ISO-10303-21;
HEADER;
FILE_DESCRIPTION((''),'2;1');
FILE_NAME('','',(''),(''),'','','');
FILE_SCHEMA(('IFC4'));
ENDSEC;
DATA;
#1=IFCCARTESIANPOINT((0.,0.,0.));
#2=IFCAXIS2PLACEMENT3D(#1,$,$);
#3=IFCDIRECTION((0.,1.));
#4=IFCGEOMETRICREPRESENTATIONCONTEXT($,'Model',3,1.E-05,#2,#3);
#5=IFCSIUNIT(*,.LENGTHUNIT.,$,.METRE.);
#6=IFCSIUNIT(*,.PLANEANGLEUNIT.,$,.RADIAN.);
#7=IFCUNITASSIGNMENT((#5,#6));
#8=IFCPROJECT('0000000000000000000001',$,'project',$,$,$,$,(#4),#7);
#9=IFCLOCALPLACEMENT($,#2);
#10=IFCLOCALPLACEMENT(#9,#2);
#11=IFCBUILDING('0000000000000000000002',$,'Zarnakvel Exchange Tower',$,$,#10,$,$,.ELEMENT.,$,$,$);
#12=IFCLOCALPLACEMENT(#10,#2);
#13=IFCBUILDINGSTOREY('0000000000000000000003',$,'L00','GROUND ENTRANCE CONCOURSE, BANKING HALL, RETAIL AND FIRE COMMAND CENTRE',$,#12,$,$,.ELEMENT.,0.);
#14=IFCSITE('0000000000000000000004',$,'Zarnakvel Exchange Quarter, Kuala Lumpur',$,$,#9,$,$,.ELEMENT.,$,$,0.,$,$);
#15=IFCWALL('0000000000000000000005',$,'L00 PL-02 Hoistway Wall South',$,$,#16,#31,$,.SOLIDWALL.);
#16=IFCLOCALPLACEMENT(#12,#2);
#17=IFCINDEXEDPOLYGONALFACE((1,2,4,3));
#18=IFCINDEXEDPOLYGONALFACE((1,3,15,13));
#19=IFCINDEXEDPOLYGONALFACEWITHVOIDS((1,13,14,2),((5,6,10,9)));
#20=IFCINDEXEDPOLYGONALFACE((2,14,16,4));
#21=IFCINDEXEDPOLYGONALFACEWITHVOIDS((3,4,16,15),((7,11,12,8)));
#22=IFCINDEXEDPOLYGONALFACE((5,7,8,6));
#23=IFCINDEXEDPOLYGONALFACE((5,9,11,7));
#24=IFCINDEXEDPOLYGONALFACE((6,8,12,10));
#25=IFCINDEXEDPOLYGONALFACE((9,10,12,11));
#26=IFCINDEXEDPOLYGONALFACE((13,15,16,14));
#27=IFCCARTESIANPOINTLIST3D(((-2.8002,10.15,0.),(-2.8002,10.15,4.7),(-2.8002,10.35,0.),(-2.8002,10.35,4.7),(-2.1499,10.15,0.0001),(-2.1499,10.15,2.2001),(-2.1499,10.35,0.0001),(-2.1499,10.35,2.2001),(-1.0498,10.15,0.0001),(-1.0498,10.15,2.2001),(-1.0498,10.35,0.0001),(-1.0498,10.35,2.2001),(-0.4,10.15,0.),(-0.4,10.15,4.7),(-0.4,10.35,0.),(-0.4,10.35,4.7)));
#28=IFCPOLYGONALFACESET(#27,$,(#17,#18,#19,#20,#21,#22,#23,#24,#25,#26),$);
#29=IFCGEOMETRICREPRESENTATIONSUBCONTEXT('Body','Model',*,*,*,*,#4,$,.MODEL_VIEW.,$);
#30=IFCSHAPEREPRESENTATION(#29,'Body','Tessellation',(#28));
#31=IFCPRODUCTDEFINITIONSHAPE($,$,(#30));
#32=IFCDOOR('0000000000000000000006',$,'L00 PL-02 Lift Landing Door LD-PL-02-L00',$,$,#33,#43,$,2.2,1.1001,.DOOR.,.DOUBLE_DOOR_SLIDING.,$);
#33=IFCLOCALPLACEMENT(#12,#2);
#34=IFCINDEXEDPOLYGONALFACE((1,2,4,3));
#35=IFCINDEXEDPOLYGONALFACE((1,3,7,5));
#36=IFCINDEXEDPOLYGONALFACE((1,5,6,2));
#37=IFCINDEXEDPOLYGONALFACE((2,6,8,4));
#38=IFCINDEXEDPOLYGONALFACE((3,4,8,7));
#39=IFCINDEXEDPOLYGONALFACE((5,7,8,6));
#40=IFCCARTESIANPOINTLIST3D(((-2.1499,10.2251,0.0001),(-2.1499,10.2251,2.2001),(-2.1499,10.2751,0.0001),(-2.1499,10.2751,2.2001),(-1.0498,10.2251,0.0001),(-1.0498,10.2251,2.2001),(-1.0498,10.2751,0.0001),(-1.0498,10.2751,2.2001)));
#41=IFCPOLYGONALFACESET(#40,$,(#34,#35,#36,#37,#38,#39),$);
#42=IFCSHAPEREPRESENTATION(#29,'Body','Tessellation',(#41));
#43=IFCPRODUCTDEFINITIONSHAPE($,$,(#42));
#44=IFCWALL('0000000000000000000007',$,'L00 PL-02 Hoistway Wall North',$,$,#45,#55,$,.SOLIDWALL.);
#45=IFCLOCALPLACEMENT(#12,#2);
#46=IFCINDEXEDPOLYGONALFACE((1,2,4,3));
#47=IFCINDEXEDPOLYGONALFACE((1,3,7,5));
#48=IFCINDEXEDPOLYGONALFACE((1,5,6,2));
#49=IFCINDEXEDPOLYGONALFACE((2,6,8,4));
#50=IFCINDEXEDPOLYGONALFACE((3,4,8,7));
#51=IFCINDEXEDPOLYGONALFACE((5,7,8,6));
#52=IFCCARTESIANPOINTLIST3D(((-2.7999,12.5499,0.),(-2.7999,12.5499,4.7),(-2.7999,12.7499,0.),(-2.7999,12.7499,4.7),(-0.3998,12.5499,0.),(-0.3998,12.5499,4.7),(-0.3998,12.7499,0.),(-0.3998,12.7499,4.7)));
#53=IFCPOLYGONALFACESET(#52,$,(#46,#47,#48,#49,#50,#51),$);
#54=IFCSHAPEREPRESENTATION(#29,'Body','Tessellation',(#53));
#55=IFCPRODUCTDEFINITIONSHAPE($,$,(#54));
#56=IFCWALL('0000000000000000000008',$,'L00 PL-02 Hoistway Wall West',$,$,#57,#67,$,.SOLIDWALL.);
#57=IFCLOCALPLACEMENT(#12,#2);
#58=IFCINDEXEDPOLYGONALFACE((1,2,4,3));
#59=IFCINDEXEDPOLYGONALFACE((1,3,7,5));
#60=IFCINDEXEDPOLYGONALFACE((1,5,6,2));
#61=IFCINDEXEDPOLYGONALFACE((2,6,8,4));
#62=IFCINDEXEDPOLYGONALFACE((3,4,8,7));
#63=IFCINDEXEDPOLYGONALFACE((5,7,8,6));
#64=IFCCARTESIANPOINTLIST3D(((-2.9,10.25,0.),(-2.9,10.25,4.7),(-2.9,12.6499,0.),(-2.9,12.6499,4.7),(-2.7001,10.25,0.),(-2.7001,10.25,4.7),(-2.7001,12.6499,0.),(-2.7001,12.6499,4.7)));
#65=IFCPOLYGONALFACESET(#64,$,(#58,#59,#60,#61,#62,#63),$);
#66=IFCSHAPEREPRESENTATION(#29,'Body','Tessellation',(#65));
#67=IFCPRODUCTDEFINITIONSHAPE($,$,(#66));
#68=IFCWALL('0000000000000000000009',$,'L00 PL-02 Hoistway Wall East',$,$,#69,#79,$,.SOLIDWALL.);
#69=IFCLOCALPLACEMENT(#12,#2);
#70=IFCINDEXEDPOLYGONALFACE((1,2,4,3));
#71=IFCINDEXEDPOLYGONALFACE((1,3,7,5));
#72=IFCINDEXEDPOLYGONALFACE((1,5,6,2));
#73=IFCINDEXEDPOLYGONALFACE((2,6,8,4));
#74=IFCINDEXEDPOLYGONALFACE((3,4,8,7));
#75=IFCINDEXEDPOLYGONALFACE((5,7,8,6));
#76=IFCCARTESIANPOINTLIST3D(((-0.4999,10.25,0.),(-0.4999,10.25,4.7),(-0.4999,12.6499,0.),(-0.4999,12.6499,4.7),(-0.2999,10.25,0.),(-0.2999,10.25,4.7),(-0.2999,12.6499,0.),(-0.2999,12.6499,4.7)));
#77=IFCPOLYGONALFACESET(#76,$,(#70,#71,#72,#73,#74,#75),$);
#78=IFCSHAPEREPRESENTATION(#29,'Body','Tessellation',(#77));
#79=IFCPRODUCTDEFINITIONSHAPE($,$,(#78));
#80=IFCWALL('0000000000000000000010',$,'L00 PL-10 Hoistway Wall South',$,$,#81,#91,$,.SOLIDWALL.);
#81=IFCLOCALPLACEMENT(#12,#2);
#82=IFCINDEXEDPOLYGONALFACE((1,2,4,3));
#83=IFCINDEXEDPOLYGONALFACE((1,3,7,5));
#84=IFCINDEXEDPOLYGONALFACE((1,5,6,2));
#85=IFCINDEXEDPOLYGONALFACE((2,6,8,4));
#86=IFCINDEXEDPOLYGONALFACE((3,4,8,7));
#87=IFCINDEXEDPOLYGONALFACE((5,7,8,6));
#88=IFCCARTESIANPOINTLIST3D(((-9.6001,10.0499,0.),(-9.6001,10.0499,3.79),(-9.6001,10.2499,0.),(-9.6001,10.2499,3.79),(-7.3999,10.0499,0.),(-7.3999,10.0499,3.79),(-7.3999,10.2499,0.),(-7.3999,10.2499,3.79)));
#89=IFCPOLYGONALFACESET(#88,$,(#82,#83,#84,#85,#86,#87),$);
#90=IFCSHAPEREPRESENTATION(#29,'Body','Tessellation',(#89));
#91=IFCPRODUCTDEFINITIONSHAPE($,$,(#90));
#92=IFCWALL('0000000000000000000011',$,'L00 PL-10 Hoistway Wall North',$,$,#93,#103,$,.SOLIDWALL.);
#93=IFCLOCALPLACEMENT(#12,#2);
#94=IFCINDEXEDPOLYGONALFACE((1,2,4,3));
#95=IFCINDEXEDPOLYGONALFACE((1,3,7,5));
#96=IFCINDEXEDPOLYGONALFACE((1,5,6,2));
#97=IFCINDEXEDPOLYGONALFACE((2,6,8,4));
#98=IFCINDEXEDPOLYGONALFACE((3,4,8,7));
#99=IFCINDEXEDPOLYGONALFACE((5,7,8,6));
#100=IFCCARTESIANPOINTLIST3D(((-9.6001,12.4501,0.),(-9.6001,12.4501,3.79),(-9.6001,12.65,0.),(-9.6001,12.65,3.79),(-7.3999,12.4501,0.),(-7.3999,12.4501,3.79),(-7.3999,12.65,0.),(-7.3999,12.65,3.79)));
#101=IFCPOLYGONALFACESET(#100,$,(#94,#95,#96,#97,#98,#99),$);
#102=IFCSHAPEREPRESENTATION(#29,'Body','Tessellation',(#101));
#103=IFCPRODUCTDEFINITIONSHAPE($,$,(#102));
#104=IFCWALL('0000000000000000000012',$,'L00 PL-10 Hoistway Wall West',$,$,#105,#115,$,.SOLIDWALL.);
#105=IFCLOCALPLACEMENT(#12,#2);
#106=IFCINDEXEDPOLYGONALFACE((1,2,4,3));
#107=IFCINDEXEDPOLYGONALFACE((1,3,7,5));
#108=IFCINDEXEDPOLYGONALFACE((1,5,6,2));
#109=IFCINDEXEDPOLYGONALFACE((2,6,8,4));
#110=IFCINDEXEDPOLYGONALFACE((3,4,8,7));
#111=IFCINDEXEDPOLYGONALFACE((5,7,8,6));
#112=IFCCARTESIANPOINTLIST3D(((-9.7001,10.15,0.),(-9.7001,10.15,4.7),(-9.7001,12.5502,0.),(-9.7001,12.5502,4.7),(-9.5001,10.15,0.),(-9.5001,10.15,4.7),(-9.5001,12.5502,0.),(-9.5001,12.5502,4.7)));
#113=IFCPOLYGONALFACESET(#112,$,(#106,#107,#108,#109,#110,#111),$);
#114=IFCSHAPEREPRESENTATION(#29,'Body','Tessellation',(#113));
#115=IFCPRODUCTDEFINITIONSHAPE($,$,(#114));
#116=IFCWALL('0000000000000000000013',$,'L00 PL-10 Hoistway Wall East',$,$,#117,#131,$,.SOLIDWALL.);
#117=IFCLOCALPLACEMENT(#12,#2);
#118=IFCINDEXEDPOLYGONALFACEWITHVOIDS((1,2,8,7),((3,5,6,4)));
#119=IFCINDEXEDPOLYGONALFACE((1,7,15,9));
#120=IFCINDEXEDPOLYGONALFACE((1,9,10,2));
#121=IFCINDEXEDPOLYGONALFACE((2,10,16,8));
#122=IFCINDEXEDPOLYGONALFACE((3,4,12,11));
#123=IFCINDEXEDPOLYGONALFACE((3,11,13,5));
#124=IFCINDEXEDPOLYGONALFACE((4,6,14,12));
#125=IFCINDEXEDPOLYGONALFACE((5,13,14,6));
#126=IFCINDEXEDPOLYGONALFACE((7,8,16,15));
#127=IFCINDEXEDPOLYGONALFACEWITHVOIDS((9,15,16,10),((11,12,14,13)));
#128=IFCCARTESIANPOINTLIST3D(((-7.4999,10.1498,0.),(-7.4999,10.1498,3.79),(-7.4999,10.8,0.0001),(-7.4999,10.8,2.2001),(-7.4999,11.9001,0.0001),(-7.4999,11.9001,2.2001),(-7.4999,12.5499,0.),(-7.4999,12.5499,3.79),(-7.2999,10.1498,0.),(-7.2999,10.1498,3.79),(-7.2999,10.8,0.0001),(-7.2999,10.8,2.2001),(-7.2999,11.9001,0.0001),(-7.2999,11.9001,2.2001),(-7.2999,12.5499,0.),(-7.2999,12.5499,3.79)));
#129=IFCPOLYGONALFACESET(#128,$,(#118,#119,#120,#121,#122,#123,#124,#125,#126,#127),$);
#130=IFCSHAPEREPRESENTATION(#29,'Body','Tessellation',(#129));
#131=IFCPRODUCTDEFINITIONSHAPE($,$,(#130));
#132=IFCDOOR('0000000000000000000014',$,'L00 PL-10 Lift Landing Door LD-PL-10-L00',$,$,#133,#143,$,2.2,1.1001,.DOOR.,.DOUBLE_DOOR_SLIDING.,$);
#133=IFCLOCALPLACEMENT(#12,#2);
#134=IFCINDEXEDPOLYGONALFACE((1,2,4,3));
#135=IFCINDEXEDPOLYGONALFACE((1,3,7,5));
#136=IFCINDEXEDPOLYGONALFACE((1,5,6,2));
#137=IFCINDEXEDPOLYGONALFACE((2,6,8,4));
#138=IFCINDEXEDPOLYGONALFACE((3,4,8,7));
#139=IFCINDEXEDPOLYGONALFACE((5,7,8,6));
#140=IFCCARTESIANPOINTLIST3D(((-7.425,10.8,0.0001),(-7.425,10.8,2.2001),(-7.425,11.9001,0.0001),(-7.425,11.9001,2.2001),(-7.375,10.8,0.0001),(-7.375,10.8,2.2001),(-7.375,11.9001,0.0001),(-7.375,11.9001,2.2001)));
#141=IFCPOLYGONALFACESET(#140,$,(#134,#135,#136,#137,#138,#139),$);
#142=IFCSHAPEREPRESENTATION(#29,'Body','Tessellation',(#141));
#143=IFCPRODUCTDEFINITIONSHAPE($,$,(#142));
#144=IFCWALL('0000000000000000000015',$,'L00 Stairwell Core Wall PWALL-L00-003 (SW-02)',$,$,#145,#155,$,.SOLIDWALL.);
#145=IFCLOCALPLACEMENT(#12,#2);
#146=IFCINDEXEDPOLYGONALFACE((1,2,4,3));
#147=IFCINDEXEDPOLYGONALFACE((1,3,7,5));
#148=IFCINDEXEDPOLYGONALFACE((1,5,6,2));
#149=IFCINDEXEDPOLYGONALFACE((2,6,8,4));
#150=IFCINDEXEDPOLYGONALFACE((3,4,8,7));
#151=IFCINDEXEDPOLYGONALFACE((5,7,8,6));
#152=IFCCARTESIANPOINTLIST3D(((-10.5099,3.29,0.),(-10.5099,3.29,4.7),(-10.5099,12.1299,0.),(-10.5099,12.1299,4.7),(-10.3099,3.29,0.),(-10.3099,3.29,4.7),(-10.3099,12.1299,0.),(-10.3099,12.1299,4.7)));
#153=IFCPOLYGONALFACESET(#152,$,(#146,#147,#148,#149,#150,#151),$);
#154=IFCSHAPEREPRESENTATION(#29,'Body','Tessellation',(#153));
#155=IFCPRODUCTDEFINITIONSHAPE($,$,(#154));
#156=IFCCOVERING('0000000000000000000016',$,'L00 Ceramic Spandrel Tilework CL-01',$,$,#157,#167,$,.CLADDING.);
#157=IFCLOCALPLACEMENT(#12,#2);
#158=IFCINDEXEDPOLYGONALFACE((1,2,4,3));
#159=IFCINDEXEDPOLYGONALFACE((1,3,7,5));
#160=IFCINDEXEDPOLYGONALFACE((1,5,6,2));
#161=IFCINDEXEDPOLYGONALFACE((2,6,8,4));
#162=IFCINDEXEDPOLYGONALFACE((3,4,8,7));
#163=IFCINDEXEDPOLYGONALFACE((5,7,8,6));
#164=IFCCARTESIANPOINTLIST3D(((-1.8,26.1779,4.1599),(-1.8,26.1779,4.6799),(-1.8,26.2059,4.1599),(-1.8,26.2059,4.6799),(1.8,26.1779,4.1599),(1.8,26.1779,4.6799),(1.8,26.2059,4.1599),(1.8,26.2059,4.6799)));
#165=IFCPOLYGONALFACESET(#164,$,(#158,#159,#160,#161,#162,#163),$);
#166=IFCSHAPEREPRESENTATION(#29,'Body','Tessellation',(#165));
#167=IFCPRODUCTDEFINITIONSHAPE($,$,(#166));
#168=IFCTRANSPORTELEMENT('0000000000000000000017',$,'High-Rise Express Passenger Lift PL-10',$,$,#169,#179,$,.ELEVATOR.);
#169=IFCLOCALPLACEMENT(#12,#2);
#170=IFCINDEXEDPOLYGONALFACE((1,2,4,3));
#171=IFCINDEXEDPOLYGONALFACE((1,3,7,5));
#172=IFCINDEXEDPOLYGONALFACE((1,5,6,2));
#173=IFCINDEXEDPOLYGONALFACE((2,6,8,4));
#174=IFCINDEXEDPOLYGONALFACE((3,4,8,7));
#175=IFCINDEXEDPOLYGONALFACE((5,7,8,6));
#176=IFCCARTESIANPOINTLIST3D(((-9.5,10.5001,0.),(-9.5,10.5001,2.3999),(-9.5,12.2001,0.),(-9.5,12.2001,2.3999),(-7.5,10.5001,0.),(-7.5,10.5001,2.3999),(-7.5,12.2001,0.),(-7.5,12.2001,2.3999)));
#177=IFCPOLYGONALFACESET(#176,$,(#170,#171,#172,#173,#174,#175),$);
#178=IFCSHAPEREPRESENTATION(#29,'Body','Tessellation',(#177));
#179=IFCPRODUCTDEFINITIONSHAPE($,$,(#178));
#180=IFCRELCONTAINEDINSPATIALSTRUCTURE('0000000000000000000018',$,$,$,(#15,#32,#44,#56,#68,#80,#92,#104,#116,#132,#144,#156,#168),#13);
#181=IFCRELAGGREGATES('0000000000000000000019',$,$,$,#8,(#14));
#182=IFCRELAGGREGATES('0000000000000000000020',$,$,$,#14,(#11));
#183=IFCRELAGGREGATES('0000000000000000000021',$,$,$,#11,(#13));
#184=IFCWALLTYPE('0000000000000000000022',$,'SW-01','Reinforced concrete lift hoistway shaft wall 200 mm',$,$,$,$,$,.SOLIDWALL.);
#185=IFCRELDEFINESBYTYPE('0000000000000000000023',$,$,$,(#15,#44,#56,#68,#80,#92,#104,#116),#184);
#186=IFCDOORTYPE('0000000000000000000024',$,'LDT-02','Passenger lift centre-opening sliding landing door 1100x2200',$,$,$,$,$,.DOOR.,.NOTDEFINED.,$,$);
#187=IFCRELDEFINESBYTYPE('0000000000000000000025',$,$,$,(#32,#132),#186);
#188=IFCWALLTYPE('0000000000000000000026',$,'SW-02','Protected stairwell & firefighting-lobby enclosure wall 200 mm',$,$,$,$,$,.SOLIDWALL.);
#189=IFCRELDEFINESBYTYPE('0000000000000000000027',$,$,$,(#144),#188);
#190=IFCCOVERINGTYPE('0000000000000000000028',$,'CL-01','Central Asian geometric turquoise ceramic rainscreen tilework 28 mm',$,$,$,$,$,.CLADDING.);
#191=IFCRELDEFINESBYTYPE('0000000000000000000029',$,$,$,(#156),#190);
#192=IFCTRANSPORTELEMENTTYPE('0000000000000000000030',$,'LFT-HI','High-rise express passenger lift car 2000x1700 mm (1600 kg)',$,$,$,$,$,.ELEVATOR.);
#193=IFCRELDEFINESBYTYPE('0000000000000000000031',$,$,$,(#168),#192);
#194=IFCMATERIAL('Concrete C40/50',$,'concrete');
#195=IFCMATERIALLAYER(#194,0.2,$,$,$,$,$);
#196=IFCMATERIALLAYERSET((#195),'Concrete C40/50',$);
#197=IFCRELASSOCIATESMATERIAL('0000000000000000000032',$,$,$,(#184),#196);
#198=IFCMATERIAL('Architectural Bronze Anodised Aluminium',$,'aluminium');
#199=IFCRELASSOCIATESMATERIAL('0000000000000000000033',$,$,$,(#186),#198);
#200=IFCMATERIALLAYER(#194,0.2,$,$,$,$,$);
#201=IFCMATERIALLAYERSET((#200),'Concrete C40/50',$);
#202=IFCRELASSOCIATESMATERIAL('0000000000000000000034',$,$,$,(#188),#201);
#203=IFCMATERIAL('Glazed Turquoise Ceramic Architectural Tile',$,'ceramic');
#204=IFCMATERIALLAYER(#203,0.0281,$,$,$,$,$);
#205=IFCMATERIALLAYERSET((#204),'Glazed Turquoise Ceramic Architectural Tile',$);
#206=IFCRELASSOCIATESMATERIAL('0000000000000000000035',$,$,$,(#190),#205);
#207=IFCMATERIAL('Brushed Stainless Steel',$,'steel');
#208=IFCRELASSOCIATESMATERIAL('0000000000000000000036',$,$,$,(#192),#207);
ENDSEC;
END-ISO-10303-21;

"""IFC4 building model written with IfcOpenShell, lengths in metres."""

from ifc_helpers import new_model, si_unit, direction, frame, frame_2d, origin, origin_2d, place, context, subcontext, project, spatial, rectangle, extrude, source, transform, mapped, material, layer, layer_set, type_object, element, fill, save


model = new_model("IFC4")

# Units and contexts
model_context = context("Model", 3, precision=1e-05, world=origin(), true_north=direction((0.0, 1.0)))
body_context = subcontext(model_context, "Body", "Model", "MODEL_VIEW")
ifc_project = project(units=[si_unit("LENGTHUNIT", "METRE"), si_unit("PLANEANGLEUNIT", "RADIAN")], contexts=[model_context])

# Site, building, storey
site_placement = place(None, origin())
site = spatial("IfcSite", under=ifc_project, at=site_placement, Name="Zarnakvel Exchange Quarter, Kuala Lumpur", CompositionType="ELEMENT", RefElevation=0.0)
building_placement = place(site_placement, origin())
building = spatial("IfcBuilding", under=site, at=building_placement, Name="Zarnakvel Exchange Tower", CompositionType="ELEMENT")
storey_placement = place(building_placement, origin())
storey = spatial("IfcBuildingStorey", under=building, at=storey_placement, Name="L00", Description="GROUND ENTRANCE CONCOURSE, BANKING HALL, RETAIL AND FIRE COMMAND CENTRE", CompositionType="ELEMENT", Elevation=0.0)

# Shared definitions
ifc_material_1 = material(Name="Architectural Bronze Anodised Aluminium", Category="aluminium")

# Shared definitions
ifc_material_2 = material(Name="Concrete C40/50", Category="concrete")
ifc_layer_1 = layer(ifc_material_2, 0.2)
ifc_layer_set_1 = layer_set([ifc_layer_1], Name="Concrete C40/50")
wall_type_1 = type_object("IfcWallType", Name="SW-01", Description="Reinforced concrete lift hoistway shaft wall 200 mm", PredefinedType="SOLIDWALL", material=ifc_layer_set_1)
door_type_1 = type_object("IfcDoorType", Name="LDT-02", Description="Passenger lift centre-opening sliding landing door 1100x2200", OperationType="NOTDEFINED", PredefinedType="DOOR", material=ifc_material_1)
shared_shape_1 = source(origin(), body_context, "Body", "SweptSolid", [
    extrude(rectangle(XDim=1.1001, YDim=2.2, at=frame_2d((0.55, 1.1001))), frame((0.0, 0.0249, 0.0), z_axis=(0.0, -1.0, 0.0), x_axis=(1.0, 0.0, 0.0)), (0.0, 0.0, 1.0), 0.05),
])

# Wall, opening, door
wall_1_placement = place(storey_placement, frame((-0.3999, 10.25, 0.0), z_axis=(0.0, 0.0, 1.0), x_axis=(-1.0, 0.0, 0.0)))
wall_1 = element("IfcWall", 1, at=wall_1_placement, inside=storey, type_object=wall_type_1, Name="L00 PL-02 Hoistway Wall South", PredefinedType="SOLIDWALL", context=body_context, shape_type="SweptSolid", body=[
    extrude(rectangle(XDim=2.4001, YDim=0.2, at=frame_2d((1.2002, 0.0))), origin(), (0.0, 0.0, 1.0), 4.7),
])
opening_1_placement = place(wall_1_placement, frame((0.6499, 0.0, 0.0)))
opening_1 = element("IfcOpeningElement", 2, at=opening_1_placement, cuts=wall_1, PredefinedType="OPENING", context=body_context, shape_type="SweptSolid", body=[
    extrude(rectangle(XDim=1.1001, YDim=2.2, at=frame_2d((0.55, 1.1001))), frame((0.0, 0.1099, 0.0), z_axis=(0.0, -1.0, 0.0), x_axis=(1.0, 0.0, 0.0)), (0.0, 0.0, 1.0), 0.22),
])
door_1_placement = place(opening_1_placement, origin())
door_1 = element("IfcDoor", 3, at=door_1_placement, inside=storey, type_object=door_type_1, Name="L00 PL-02 Lift Landing Door LD-PL-02-L00", OperationType="DOUBLE_DOOR_SLIDING", OverallHeight=2.2, OverallWidth=1.1001, PredefinedType="DOOR", context=body_context, shape_type="MappedRepresentation", body=[
    mapped(shared_shape_1, transform((0.0, 0.0, 0.0), x_axis=(1.0, 0.0, 0.0), y_axis=(0.0, 1.0, 0.0), z_axis=(0.0, 0.0, 1.0), scale=1.0)),
])
fill(opening_1, door_1)

# Walls
wall_2_placement = place(storey_placement, frame((-2.8, 12.6499, 0.0), z_axis=(0.0, 0.0, 1.0), x_axis=(1.0, 0.0, 0.0)))
element("IfcWall", 4, at=wall_2_placement, inside=storey, type_object=wall_type_1, Name="L00 PL-02 Hoistway Wall North", PredefinedType="SOLIDWALL", context=body_context, shape_type="SweptSolid", body=[
    extrude(rectangle(XDim=2.4001, YDim=0.2, at=frame_2d((1.2002, 0.0))), origin(), (0.0, 0.0, 1.0), 4.7),
])
for number, where, z_axis, x_axis, name in (
    (5, (-2.8, 10.25, 0.0), (0.0, 0.0, 1.0), (0.0, 1.0, 0.0), "L00 PL-02 Hoistway Wall West"),
    (6, (-0.3999, 12.6499, 0.0), (0.0, 0.0, 1.0), (0.0, -1.0, 0.0), "L00 PL-02 Hoistway Wall East"),
):
    element("IfcWall", number, at=place(storey_placement, frame(where, z_axis=z_axis, x_axis=x_axis)), inside=storey, type_object=wall_type_1, Name=name, PredefinedType="SOLIDWALL", context=body_context, shape_type="SweptSolid", body=[
        extrude(rectangle(XDim=2.3999, YDim=0.2, at=frame_2d((1.2, 0.0))), origin(), (0.0, 0.0, 1.0), 4.7),
    ])
for number, where, z_axis, x_axis, name in (
    (7, (-7.3999, 10.1499, 0.0), (0.0, 0.0, 1.0), (-1.0, 0.0, 0.0), "L00 PL-10 Hoistway Wall South"),
    (8, (-9.6001, 12.55, 0.0), (0.0, 0.0, 1.0), (1.0, 0.0, 0.0), "L00 PL-10 Hoistway Wall North"),
):
    element("IfcWall", number, at=place(storey_placement, frame(where, z_axis=z_axis, x_axis=x_axis)), inside=storey, type_object=wall_type_1, Name=name, PredefinedType="SOLIDWALL", context=body_context, shape_type="SweptSolid", body=[
        extrude(rectangle(XDim=2.2002, YDim=0.2, at=frame_2d((1.1001, 0.0))), origin(), (0.0, 0.0, 1.0), 3.79),
    ])
wall_3_placement = place(storey_placement, frame((-9.6001, 10.1499, 0.0), z_axis=(0.0, 0.0, 1.0), x_axis=(0.0, 1.0, 0.0)))
element("IfcWall", 9, at=wall_3_placement, inside=storey, type_object=wall_type_1, Name="L00 PL-10 Hoistway Wall West", PredefinedType="SOLIDWALL", context=body_context, shape_type="SweptSolid", body=[
    extrude(rectangle(XDim=2.4001, YDim=0.2, at=frame_2d((1.2002, 0.0))), origin(), (0.0, 0.0, 1.0), 4.7),
])

# Wall, opening, door
wall_4_placement = place(storey_placement, frame((-7.3999, 12.55, 0.0), z_axis=(0.0, 0.0, 1.0), x_axis=(0.0, -1.0, 0.0)))
wall_4 = element("IfcWall", 10, at=wall_4_placement, inside=storey, type_object=wall_type_1, Name="L00 PL-10 Hoistway Wall East", PredefinedType="SOLIDWALL", context=body_context, shape_type="SweptSolid", body=[
    extrude(rectangle(XDim=2.4001, YDim=0.2, at=frame_2d((1.2002, 0.0))), origin(), (0.0, 0.0, 1.0), 3.79),
])
opening_2_placement = place(wall_4_placement, frame((0.6499, 0.0, 0.0)))
opening_2 = element("IfcOpeningElement", 11, at=opening_2_placement, cuts=wall_4, PredefinedType="OPENING", context=body_context, shape_type="SweptSolid", body=[
    extrude(rectangle(XDim=1.1001, YDim=2.2, at=frame_2d((0.55, 1.1001))), frame((0.0, 0.1099, 0.0), z_axis=(0.0, -1.0, 0.0), x_axis=(1.0, 0.0, 0.0)), (0.0, 0.0, 1.0), 0.22),
])
door_2_placement = place(opening_2_placement, origin())
door_2 = element("IfcDoor", 12, at=door_2_placement, inside=storey, type_object=door_type_1, Name="L00 PL-10 Lift Landing Door LD-PL-10-L00", OperationType="DOUBLE_DOOR_SLIDING", OverallHeight=2.2, OverallWidth=1.1001, PredefinedType="DOOR", context=body_context, shape_type="MappedRepresentation", body=[
    mapped(shared_shape_1, transform((0.0, 0.0, 0.0), x_axis=(1.0, 0.0, 0.0), y_axis=(0.0, 1.0, 0.0), z_axis=(0.0, 0.0, 1.0), scale=1.0)),
])
fill(opening_2, door_2)

# Wall
ifc_layer_2 = layer(ifc_material_2, 0.2)
ifc_layer_set_2 = layer_set([ifc_layer_2], Name="Concrete C40/50")
wall_type_2 = type_object("IfcWallType", Name="SW-02", Description="Protected stairwell & firefighting-lobby enclosure wall 200 mm", PredefinedType="SOLIDWALL", material=ifc_layer_set_2)
wall_5_placement = place(storey_placement, frame((-10.4099, 12.1299, 0.0), z_axis=(0.0, 0.0, 1.0), x_axis=(0.0, -1.0, 0.0)))
element("IfcWall", 13, at=wall_5_placement, inside=storey, type_object=wall_type_2, Name="L00 Stairwell Core Wall PWALL-L00-003 (SW-02)", PredefinedType="SOLIDWALL", context=body_context, shape_type="SweptSolid", body=[
    extrude(rectangle(XDim=8.8398, YDim=0.2, at=frame_2d((4.4199, 0.0))), origin(), (0.0, 0.0, 1.0), 4.7),
])

# Covering
ifc_material_3 = material(Name="Glazed Turquoise Ceramic Architectural Tile", Category="ceramic")
ifc_layer_3 = layer(ifc_material_3, 0.0281)
ifc_layer_set_3 = layer_set([ifc_layer_3], Name="Glazed Turquoise Ceramic Architectural Tile")
covering_type = type_object("IfcCoveringType", Name="CL-01", Description="Central Asian geometric turquoise ceramic rainscreen tilework 28 mm", PredefinedType="CLADDING", material=ifc_layer_set_3)
shared_shape_2 = source(origin(), body_context, "Body", "SweptSolid", [
    extrude(rectangle(XDim=3.6001, YDim=0.0281, at=origin_2d()), origin(), (0.0, 0.0, 1.0), 0.52),
])
covering_placement = place(storey_placement, frame((0.0, 26.1919, 4.1599), z_axis=(0.0, 0.0, 1.0), x_axis=(1.0, 0.0, 0.0)))
element("IfcCovering", 14, at=covering_placement, inside=storey, type_object=covering_type, Name="L00 Ceramic Spandrel Tilework CL-01", PredefinedType="CLADDING", context=body_context, shape_type="MappedRepresentation", body=[
    mapped(shared_shape_2, transform((0.0, 0.0, 0.0), x_axis=(1.0, 0.0, 0.0), y_axis=(0.0, 1.0, 0.0), z_axis=(0.0, 0.0, 1.0), scale=1.0)),
])

# Transport element
ifc_material_4 = material(Name="Brushed Stainless Steel", Category="steel")
transport_element_type = type_object("IfcTransportElementType", Name="LFT-HI", Description="High-rise express passenger lift car 2000x1700 mm (1600 kg)", PredefinedType="ELEVATOR", material=ifc_material_4)
shared_shape_3 = source(origin(), body_context, "Body", "SweptSolid", [
    extrude(rectangle(XDim=2.0, YDim=1.7, at=origin_2d()), origin(), (0.0, 0.0, 1.0), 2.3999),
])
transport_element_placement = place(storey_placement, frame((-8.5, 11.3501, 0.0), z_axis=(0.0, 0.0, 1.0), x_axis=(1.0, 0.0, 0.0)))
element("IfcTransportElement", 15, at=transport_element_placement, inside=storey, type_object=transport_element_type, Name="High-Rise Express Passenger Lift PL-10", PredefinedType="ELEVATOR", context=body_context, shape_type="MappedRepresentation", body=[
    mapped(shared_shape_3, transform((0.0, 0.0, 0.0), x_axis=(1.0, 0.0, 0.0), y_axis=(0.0, 1.0, 0.0), z_axis=(0.0, 0.0, 1.0), scale=1.0)),
])

save(model, "model.ifc")
